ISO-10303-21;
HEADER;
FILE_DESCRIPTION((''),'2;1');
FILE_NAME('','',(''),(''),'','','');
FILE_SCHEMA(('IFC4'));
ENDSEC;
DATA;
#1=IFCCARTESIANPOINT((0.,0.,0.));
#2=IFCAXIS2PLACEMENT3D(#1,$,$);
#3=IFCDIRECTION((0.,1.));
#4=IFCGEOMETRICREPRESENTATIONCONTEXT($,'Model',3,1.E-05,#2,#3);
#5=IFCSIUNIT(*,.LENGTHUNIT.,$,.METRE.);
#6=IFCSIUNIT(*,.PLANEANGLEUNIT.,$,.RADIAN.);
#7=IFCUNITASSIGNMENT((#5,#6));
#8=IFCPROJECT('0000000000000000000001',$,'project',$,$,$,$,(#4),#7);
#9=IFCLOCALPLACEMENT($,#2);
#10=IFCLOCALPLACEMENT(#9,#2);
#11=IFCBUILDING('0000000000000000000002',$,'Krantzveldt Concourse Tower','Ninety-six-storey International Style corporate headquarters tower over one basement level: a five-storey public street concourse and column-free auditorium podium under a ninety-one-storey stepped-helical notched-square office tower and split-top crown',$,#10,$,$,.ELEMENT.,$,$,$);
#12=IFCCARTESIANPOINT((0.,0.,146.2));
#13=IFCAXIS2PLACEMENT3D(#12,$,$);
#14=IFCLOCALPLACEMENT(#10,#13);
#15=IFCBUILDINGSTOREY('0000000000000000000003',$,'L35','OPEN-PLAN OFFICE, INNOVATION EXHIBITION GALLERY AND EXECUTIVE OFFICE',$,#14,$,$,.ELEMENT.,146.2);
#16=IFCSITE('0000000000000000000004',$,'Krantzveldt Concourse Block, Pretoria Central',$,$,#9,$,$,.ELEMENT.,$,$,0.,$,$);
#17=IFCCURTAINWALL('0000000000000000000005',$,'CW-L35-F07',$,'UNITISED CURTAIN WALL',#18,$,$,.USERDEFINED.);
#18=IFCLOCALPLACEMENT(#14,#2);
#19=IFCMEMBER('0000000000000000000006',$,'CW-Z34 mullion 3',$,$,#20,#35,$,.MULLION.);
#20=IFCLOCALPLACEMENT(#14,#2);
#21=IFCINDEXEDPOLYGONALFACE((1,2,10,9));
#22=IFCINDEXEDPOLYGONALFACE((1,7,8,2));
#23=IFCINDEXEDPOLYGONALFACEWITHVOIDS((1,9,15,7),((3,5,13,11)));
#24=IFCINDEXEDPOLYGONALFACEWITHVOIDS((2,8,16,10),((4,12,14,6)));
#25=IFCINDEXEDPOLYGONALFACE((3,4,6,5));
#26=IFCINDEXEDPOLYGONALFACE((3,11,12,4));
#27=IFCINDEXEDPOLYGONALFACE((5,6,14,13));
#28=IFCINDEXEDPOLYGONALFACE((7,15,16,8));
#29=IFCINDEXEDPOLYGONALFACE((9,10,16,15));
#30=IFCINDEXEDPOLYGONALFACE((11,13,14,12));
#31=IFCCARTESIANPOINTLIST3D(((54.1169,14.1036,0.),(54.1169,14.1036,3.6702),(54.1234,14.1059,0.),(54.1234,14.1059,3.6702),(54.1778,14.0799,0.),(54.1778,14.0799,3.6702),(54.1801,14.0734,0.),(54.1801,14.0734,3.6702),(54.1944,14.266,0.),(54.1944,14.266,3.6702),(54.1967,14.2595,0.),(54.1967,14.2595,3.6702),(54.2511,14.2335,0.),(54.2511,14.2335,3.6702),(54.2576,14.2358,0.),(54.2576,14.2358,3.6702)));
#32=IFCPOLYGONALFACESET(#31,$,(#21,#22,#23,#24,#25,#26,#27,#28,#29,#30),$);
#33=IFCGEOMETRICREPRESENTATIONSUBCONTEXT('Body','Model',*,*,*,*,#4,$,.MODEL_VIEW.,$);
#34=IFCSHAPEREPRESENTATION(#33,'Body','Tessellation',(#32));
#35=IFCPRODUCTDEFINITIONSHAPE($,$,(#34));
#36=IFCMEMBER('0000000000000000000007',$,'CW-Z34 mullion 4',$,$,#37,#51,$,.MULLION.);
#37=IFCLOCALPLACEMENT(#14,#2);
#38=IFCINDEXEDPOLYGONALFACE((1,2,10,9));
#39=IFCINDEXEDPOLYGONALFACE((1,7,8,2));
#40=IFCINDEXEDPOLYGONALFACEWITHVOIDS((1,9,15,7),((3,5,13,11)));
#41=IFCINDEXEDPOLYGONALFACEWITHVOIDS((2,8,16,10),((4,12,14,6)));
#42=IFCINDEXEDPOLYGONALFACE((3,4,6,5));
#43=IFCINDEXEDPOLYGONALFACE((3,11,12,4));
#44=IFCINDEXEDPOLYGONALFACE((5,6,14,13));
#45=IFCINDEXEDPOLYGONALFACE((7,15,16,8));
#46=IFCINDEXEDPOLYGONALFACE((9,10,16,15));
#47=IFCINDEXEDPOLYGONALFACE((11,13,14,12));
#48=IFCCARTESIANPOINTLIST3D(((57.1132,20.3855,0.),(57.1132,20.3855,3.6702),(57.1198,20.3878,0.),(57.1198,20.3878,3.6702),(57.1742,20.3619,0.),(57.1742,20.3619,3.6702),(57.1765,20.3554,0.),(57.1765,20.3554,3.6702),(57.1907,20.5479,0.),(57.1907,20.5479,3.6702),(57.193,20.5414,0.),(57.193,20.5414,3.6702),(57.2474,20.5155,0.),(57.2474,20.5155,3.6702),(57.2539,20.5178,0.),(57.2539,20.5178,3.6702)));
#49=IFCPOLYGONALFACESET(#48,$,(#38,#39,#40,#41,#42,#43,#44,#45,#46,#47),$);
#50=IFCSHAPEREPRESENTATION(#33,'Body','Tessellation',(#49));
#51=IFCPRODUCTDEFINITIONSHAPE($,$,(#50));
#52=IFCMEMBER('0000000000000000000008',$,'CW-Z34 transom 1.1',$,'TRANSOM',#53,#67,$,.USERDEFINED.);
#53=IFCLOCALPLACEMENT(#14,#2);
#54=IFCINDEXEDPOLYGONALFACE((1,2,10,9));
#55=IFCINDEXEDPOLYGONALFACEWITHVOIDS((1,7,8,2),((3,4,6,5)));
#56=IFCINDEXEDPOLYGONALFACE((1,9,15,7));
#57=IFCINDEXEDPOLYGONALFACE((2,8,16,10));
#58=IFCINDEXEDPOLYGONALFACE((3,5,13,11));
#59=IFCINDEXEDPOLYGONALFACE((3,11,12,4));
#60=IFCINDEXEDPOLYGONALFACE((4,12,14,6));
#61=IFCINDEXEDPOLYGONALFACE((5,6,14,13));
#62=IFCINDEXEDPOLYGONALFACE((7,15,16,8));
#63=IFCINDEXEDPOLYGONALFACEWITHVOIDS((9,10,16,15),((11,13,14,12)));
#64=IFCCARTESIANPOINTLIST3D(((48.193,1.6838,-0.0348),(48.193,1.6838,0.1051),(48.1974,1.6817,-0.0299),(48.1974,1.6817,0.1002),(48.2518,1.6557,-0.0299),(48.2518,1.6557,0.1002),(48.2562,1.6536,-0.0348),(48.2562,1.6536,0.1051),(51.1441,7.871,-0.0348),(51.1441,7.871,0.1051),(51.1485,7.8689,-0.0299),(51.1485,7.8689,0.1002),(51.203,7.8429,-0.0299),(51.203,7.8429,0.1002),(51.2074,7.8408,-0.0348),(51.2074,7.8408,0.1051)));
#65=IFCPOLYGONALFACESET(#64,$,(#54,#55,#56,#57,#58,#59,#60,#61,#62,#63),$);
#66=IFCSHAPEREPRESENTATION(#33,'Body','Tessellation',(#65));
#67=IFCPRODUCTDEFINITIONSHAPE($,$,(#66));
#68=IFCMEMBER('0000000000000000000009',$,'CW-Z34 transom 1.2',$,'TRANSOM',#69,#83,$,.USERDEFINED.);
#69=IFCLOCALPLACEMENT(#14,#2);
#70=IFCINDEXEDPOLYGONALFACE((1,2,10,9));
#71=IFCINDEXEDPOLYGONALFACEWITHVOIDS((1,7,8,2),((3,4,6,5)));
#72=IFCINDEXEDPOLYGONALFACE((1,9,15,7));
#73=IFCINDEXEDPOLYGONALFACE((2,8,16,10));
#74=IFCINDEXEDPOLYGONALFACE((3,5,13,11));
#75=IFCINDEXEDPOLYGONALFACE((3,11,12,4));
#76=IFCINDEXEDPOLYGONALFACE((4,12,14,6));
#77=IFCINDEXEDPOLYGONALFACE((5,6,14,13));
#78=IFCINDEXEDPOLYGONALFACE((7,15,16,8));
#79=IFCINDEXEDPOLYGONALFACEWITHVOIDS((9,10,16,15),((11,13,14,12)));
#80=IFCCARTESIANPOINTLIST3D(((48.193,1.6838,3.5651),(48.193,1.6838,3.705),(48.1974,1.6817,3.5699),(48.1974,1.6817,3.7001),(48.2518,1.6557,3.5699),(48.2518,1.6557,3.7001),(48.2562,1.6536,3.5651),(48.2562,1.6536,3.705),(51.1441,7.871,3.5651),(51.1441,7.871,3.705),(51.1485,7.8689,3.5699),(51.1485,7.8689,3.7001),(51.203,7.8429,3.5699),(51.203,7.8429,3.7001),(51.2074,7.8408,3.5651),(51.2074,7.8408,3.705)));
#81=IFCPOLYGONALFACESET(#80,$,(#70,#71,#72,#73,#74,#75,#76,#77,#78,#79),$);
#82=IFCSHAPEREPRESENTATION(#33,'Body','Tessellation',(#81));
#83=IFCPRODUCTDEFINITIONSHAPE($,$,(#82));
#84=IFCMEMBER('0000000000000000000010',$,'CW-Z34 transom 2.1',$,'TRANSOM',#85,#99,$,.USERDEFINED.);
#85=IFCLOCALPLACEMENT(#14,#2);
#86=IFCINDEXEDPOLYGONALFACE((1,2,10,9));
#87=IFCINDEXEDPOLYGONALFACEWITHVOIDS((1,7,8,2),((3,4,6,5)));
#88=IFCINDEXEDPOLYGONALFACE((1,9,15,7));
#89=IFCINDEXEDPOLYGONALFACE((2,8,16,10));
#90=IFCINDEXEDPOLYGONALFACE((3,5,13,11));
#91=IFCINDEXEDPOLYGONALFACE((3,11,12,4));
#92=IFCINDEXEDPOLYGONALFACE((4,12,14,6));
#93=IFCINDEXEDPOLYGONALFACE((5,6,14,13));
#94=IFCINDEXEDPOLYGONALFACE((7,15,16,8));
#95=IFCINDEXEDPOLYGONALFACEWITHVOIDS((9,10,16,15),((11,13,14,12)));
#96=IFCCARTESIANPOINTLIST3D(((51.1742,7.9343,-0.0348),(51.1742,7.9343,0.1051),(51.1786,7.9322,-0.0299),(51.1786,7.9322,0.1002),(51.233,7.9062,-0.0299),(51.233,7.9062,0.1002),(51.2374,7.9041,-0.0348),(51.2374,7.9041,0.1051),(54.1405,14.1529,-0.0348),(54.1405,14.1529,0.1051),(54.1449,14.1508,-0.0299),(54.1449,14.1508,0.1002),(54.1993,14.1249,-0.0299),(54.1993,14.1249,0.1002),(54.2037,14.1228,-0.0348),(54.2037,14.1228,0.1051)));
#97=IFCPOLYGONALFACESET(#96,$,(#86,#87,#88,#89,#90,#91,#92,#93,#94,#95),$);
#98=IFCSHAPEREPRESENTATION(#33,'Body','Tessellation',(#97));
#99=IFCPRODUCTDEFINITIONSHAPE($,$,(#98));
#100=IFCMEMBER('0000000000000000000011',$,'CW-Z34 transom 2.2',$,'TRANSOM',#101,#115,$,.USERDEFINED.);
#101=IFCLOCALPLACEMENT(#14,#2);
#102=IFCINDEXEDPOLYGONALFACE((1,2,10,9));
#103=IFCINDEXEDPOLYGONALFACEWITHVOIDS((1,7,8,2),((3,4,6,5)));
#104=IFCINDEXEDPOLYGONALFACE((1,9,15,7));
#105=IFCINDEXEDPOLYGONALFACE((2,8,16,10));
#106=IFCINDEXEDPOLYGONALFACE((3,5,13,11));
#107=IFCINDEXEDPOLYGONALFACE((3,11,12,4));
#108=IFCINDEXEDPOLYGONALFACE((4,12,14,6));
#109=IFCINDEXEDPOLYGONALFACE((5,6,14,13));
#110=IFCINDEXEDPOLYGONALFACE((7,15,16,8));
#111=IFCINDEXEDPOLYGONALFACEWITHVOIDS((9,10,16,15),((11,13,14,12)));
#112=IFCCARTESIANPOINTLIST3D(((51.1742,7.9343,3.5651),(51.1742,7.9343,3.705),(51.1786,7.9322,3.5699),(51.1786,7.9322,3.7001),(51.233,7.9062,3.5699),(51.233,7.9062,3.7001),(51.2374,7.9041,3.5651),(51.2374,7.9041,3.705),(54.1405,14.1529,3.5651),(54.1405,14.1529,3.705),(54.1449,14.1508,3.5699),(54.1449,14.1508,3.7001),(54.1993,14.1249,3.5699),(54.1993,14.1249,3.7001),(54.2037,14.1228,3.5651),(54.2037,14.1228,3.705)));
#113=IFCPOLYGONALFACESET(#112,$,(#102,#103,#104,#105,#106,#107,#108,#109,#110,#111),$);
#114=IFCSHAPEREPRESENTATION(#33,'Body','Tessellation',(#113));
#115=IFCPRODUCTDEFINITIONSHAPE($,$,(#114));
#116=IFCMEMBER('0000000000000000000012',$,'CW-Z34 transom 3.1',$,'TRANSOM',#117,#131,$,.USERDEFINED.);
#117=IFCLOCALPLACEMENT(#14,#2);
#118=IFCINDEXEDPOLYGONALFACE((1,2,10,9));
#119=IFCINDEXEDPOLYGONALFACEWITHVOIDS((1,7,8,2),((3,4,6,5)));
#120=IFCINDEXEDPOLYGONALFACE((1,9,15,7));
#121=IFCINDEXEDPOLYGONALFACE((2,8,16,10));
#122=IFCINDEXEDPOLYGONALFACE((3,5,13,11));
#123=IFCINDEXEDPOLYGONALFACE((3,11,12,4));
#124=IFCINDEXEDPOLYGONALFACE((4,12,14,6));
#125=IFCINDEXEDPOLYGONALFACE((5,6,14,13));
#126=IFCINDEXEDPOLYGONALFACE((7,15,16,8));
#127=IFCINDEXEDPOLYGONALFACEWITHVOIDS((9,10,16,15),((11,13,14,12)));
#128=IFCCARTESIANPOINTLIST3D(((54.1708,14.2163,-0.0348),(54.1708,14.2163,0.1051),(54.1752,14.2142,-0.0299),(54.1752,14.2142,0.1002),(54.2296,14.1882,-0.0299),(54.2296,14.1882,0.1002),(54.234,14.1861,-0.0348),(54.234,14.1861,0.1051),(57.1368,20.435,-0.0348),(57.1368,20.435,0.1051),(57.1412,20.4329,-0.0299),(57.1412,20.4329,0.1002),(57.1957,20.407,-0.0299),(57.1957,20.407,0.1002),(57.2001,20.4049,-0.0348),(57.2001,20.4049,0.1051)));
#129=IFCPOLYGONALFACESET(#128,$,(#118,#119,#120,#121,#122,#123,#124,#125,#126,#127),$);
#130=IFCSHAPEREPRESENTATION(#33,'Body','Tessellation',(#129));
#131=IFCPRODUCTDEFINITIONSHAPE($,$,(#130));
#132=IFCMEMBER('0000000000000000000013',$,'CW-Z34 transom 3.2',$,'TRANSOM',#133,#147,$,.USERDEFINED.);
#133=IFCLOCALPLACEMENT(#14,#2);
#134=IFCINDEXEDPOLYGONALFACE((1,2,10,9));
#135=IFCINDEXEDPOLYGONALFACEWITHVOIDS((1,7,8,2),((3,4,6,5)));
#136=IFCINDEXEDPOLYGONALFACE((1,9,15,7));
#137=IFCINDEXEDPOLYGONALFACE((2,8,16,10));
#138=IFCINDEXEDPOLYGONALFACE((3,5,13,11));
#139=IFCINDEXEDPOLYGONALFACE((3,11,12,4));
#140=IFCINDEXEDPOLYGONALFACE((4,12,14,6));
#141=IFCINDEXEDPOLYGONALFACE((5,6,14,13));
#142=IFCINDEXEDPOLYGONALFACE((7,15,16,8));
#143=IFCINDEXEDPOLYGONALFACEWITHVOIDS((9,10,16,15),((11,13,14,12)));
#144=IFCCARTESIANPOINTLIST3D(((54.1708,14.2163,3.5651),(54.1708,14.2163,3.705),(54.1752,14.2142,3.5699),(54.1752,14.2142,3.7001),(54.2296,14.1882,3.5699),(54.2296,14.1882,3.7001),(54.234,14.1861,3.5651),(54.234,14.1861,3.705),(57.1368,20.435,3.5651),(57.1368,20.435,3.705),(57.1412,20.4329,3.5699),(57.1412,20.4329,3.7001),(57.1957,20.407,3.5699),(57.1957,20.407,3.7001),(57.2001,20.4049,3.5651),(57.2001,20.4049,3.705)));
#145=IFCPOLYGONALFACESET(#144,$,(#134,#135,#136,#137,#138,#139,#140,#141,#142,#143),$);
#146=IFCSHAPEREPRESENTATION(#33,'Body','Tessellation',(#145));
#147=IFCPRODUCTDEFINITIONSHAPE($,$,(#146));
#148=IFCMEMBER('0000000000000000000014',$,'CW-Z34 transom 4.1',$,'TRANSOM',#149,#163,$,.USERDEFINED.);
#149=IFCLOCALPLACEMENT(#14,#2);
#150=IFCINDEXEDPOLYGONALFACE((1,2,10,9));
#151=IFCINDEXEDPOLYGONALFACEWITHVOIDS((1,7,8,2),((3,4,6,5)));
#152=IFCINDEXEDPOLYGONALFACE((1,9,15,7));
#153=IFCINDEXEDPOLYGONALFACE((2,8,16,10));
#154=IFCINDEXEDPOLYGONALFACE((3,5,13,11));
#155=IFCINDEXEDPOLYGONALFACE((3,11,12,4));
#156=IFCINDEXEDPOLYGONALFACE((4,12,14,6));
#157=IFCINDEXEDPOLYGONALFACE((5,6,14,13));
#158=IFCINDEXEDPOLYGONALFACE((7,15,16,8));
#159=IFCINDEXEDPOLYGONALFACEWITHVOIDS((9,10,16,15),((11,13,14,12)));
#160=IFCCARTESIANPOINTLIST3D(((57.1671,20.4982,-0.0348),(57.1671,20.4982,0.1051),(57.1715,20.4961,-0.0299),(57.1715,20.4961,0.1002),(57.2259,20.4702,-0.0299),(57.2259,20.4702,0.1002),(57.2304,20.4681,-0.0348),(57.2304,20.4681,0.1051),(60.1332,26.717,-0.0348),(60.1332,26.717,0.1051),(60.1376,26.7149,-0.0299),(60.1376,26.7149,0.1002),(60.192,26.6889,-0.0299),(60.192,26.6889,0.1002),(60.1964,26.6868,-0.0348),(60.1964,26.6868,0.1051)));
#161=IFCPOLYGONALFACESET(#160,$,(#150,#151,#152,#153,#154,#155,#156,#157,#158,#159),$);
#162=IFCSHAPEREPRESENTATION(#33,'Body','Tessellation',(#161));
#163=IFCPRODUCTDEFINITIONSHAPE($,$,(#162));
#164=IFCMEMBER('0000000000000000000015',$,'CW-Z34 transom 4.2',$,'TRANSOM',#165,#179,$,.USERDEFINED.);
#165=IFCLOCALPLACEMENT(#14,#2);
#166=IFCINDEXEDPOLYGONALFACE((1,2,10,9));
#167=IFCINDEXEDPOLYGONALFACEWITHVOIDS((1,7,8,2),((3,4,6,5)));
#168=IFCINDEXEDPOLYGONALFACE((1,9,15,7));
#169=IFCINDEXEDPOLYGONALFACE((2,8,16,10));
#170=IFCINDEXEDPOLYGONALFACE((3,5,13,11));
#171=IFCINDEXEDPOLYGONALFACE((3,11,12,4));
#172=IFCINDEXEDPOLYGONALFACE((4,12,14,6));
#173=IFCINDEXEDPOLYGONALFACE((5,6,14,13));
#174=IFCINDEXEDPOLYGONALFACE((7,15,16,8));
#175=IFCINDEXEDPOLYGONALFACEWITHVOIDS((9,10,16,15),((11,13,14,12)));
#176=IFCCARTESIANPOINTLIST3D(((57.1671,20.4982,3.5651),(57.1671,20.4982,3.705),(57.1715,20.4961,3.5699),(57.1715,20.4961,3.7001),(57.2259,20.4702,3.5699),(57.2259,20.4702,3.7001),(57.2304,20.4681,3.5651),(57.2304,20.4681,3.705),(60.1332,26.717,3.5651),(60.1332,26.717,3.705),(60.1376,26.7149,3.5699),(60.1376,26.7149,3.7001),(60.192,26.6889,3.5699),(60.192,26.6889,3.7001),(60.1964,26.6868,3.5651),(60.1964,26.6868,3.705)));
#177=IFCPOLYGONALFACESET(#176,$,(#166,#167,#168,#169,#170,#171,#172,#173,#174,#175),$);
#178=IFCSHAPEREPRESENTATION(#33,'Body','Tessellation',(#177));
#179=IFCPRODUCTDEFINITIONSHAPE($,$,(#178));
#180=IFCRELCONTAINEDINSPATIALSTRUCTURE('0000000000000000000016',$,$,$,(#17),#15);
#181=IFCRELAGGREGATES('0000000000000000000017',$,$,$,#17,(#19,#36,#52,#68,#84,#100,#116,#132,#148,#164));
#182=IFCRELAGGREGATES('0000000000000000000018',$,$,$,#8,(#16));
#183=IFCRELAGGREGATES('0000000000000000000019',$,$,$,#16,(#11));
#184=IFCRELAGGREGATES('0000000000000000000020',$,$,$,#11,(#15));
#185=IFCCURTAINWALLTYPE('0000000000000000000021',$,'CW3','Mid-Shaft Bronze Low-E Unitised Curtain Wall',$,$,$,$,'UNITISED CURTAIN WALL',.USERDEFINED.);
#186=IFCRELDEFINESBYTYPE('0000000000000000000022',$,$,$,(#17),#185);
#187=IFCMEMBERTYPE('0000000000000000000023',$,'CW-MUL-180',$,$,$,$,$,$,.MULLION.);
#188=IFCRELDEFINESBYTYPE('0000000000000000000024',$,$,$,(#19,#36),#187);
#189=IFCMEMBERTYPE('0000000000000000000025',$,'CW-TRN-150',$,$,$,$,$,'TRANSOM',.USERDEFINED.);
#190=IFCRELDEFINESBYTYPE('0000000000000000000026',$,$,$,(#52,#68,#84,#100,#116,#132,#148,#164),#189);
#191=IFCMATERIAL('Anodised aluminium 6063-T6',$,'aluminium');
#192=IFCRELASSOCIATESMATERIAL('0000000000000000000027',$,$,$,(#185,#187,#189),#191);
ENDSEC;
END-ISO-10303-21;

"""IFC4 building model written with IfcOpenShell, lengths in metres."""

from ifc_helpers import new_model, si_unit, direction, frame, origin, origin_2d, place, context, subcontext, project, spatial, hollow_rectangle, extrude, source, transform, mapped, material, material_profile, profile_set, type_object, type_shapes, element, aggregate, save


model = new_model("IFC4")

# Units and contexts
model_context = context("Model", 3, precision=1e-05, world=origin(), true_north=direction((0.0, 1.0)))
body_context = subcontext(model_context, "Body", "Model", "MODEL_VIEW")
ifc_project = project(units=[si_unit("LENGTHUNIT", "METRE"), si_unit("PLANEANGLEUNIT", "RADIAN")], contexts=[model_context])

# Site, building, storey
site_placement = place(None, origin())
site = spatial("IfcSite", under=ifc_project, at=site_placement, Name="Krantzveldt Concourse Block, Pretoria Central", CompositionType="ELEMENT", RefElevation=0.0)
building_placement = place(site_placement, origin())
building = spatial("IfcBuilding", under=site, at=building_placement, Name="Krantzveldt Concourse Tower", Description="Ninety-six-storey International Style corporate headquarters tower over one basement level: a five-storey public street concourse and column-free auditorium podium under a ninety-one-storey stepped-helical notched-square office tower and split-top crown", CompositionType="ELEMENT")
storey_placement = place(building_placement, frame((0.0, 0.0, 146.2)))
storey = spatial("IfcBuildingStorey", under=building, at=storey_placement, Name="L35", Description="OPEN-PLAN OFFICE, INNOVATION EXHIBITION GALLERY AND EXECUTIVE OFFICE", CompositionType="ELEMENT", Elevation=146.2)

# Curtain wall, members
ifc_material_1 = material(Name="Anodised aluminium 6063-T6", Category="aluminium")
curtain_wall_type = type_object("IfcCurtainWallType", Name="CW3", Description="Mid-Shaft Bronze Low-E Unitised Curtain Wall", ElementType="UNITISED CURTAIN WALL", PredefinedType="USERDEFINED", material=ifc_material_1)
curtain_wall_placement = place(storey_placement, origin())
curtain_wall = element("IfcCurtainWall", 1, at=curtain_wall_placement, inside=storey, type_object=curtain_wall_type, Name="CW-L35-F07", ObjectType="UNITISED CURTAIN WALL", PredefinedType="USERDEFINED")
ifc_material_profile_1 = material_profile(ifc_material_1, hollow_rectangle(XDim=0.0701, YDim=0.1799, WallThickness=0.0049, at=origin_2d()), Name="Anodised aluminium 6063-T6", Category="aluminium")
ifc_profile_set_1 = profile_set([ifc_material_profile_1], Name="Anodised aluminium 6063-T6 - ALU-MULL 180x70x5")
member_type_1 = type_object("IfcMemberType", Name="CW-MUL-180", PredefinedType="MULLION", material=ifc_profile_set_1)
shared_shape_1 = source(origin(), body_context, "Body", "SweptSolid", [
    extrude(hollow_rectangle(XDim=0.0701, YDim=0.1799, WallThickness=0.0049, at=origin_2d()), origin(), (0.0, 0.0, 1.0), 3.6702),
])
type_shapes(member_type_1, [shared_shape_1])
member_1_placement = place(storey_placement, frame((54.1873, 14.1697, 0.0), z_axis=(0.0, 0.0, 1.0), x_axis=(-0.902585, 0.430511, 0.0)))
member_1 = element("IfcMember", 2, at=member_1_placement, type_object=member_type_1, Name="CW-Z34 mullion 3", PredefinedType="MULLION", context=body_context, shape_type="MappedRepresentation", body=[
    mapped(shared_shape_1, transform((0.0, 0.0, 0.0), x_axis=(1.0, 0.0, 0.0), y_axis=(0.0, 1.0, 0.0), z_axis=(0.0, 0.0, 1.0), scale=1.0)),
])
member_2_placement = place(storey_placement, frame((57.1836, 20.4517, 0.0), z_axis=(0.0, 0.0, 1.0), x_axis=(-0.902585, 0.430511, 0.0)))
member_2 = element("IfcMember", 3, at=member_2_placement, type_object=member_type_1, Name="CW-Z34 mullion 4", PredefinedType="MULLION", context=body_context, shape_type="MappedRepresentation", body=[
    mapped(shared_shape_1, transform((0.0, 0.0, 0.0), x_axis=(1.0, 0.0, 0.0), y_axis=(0.0, 1.0, 0.0), z_axis=(0.0, 0.0, 1.0), scale=1.0)),
])
ifc_material_profile_2 = material_profile(ifc_material_1, hollow_rectangle(XDim=0.0701, YDim=0.1399, WallThickness=0.0049, at=origin_2d()), Name="Anodised aluminium 6063-T6", Category="aluminium")
ifc_profile_set_2 = profile_set([ifc_material_profile_2], Name="Anodised aluminium 6063-T6 - ALU-TRAN 140x70x5")
member_type_2 = type_object("IfcMemberType", Name="CW-TRN-150", ElementType="TRANSOM", PredefinedType="USERDEFINED", material=ifc_profile_set_2)
shared_shape_2 = source(origin(), body_context, "Body", "SweptSolid", [
    extrude(hollow_rectangle(XDim=0.0701, YDim=0.1399, WallThickness=0.0049, at=origin_2d()), origin(), (0.0, 0.0, 1.0), 6.855),
])
member_3_placement = place(storey_placement, frame((48.2246, 1.6687, 0.0352), z_axis=(0.430511, 0.902585, 0.0), x_axis=(-0.902585, 0.430511, 0.0)))
member_3 = element("IfcMember", 4, at=member_3_placement, type_object=member_type_2, Name="CW-Z34 transom 1.1", ObjectType="TRANSOM", PredefinedType="USERDEFINED", context=body_context, shape_type="MappedRepresentation", body=[
    mapped(shared_shape_2, transform((0.0, 0.0, 0.0), x_axis=(1.0, 0.0, 0.0), y_axis=(0.0, 1.0, 0.0), z_axis=(0.0, 0.0, 1.0), scale=1.0)),
])
member_4_placement = place(storey_placement, frame((48.2246, 1.6687, 3.635), z_axis=(0.430511, 0.902585, 0.0), x_axis=(-0.902585, 0.430511, 0.0)))
member_4 = element("IfcMember", 5, at=member_4_placement, type_object=member_type_2, Name="CW-Z34 transom 1.2", ObjectType="TRANSOM", PredefinedType="USERDEFINED", context=body_context, shape_type="MappedRepresentation", body=[
    mapped(shared_shape_2, transform((0.0, 0.0, 0.0), x_axis=(1.0, 0.0, 0.0), y_axis=(0.0, 1.0, 0.0), z_axis=(0.0, 0.0, 1.0), scale=1.0)),
])
shared_shape_3 = source(origin(), body_context, "Body", "SweptSolid", [
    extrude(hollow_rectangle(XDim=0.0701, YDim=0.1399, WallThickness=0.0049, at=origin_2d()), origin(), (0.0, 0.0, 1.0), 6.8899),
])
type_shapes(member_type_2, [shared_shape_2, shared_shape_3])
member_5_placement = place(storey_placement, frame((51.2058, 7.9192, 0.0352), z_axis=(0.430525, 0.902579, 0.0), x_axis=(-0.902579, 0.430525, 0.0)))
member_5 = element("IfcMember", 6, at=member_5_placement, type_object=member_type_2, Name="CW-Z34 transom 2.1", ObjectType="TRANSOM", PredefinedType="USERDEFINED", context=body_context, shape_type="MappedRepresentation", body=[
    mapped(shared_shape_3, transform((0.0, 0.0, 0.0), x_axis=(1.0, 0.0, 0.0), y_axis=(0.0, 1.0, 0.0), z_axis=(0.0, 0.0, 1.0), scale=1.0)),
])
member_6_placement = place(storey_placement, frame((51.2058, 7.9192, 3.635), z_axis=(0.430525, 0.902579, 0.0), x_axis=(-0.902579, 0.430525, 0.0)))
member_6 = element("IfcMember", 7, at=member_6_placement, type_object=member_type_2, Name="CW-Z34 transom 2.2", ObjectType="TRANSOM", PredefinedType="USERDEFINED", context=body_context, shape_type="MappedRepresentation", body=[
    mapped(shared_shape_3, transform((0.0, 0.0, 0.0), x_axis=(1.0, 0.0, 0.0), y_axis=(0.0, 1.0, 0.0), z_axis=(0.0, 0.0, 1.0), scale=1.0)),
])
member_7_placement = place(storey_placement, frame((54.2024, 14.2012, 0.0352), z_axis=(0.430496, 0.902592, 0.0), x_axis=(-0.902592, 0.430496, 0.0)))
member_7 = element("IfcMember", 8, at=member_7_placement, type_object=member_type_2, Name="CW-Z34 transom 3.1", ObjectType="TRANSOM", PredefinedType="USERDEFINED", context=body_context, shape_type="MappedRepresentation", body=[
    mapped(shared_shape_3, transform((0.0, 0.0, 0.0), x_axis=(1.0, 0.0, 0.0), y_axis=(0.0, 1.0, 0.0), z_axis=(0.0, 0.0, 1.0), scale=1.0)),
])
member_8_placement = place(storey_placement, frame((54.2024, 14.2012, 3.635), z_axis=(0.430496, 0.902592, 0.0), x_axis=(-0.902592, 0.430496, 0.0)))
member_8 = element("IfcMember", 9, at=member_8_placement, type_object=member_type_2, Name="CW-Z34 transom 3.2", ObjectType="TRANSOM", PredefinedType="USERDEFINED", context=body_context, shape_type="MappedRepresentation", body=[
    mapped(shared_shape_3, transform((0.0, 0.0, 0.0), x_axis=(1.0, 0.0, 0.0), y_axis=(0.0, 1.0, 0.0), z_axis=(0.0, 0.0, 1.0), scale=1.0)),
])
member_9_placement = place(storey_placement, frame((57.1987, 20.4832, 0.0352), z_axis=(0.430496, 0.902592, 0.0), x_axis=(-0.902592, 0.430496, 0.0)))
member_9 = element("IfcMember", 10, at=member_9_placement, type_object=member_type_2, Name="CW-Z34 transom 4.1", ObjectType="TRANSOM", PredefinedType="USERDEFINED", context=body_context, shape_type="MappedRepresentation", body=[
    mapped(shared_shape_3, transform((0.0, 0.0, 0.0), x_axis=(1.0, 0.0, 0.0), y_axis=(0.0, 1.0, 0.0), z_axis=(0.0, 0.0, 1.0), scale=1.0)),
])
member_10_placement = place(storey_placement, frame((57.1987, 20.4832, 3.635), z_axis=(0.430496, 0.902592, 0.0), x_axis=(-0.902592, 0.430496, 0.0)))
member_10 = element("IfcMember", 11, at=member_10_placement, type_object=member_type_2, Name="CW-Z34 transom 4.2", ObjectType="TRANSOM", PredefinedType="USERDEFINED", context=body_context, shape_type="MappedRepresentation", body=[
    mapped(shared_shape_3, transform((0.0, 0.0, 0.0), x_axis=(1.0, 0.0, 0.0), y_axis=(0.0, 1.0, 0.0), z_axis=(0.0, 0.0, 1.0), scale=1.0)),
])
aggregate(curtain_wall, [member_1, member_2, member_3, member_4, member_5, member_6, member_7, member_8, member_9, member_10])

save(model, "model.ifc")
